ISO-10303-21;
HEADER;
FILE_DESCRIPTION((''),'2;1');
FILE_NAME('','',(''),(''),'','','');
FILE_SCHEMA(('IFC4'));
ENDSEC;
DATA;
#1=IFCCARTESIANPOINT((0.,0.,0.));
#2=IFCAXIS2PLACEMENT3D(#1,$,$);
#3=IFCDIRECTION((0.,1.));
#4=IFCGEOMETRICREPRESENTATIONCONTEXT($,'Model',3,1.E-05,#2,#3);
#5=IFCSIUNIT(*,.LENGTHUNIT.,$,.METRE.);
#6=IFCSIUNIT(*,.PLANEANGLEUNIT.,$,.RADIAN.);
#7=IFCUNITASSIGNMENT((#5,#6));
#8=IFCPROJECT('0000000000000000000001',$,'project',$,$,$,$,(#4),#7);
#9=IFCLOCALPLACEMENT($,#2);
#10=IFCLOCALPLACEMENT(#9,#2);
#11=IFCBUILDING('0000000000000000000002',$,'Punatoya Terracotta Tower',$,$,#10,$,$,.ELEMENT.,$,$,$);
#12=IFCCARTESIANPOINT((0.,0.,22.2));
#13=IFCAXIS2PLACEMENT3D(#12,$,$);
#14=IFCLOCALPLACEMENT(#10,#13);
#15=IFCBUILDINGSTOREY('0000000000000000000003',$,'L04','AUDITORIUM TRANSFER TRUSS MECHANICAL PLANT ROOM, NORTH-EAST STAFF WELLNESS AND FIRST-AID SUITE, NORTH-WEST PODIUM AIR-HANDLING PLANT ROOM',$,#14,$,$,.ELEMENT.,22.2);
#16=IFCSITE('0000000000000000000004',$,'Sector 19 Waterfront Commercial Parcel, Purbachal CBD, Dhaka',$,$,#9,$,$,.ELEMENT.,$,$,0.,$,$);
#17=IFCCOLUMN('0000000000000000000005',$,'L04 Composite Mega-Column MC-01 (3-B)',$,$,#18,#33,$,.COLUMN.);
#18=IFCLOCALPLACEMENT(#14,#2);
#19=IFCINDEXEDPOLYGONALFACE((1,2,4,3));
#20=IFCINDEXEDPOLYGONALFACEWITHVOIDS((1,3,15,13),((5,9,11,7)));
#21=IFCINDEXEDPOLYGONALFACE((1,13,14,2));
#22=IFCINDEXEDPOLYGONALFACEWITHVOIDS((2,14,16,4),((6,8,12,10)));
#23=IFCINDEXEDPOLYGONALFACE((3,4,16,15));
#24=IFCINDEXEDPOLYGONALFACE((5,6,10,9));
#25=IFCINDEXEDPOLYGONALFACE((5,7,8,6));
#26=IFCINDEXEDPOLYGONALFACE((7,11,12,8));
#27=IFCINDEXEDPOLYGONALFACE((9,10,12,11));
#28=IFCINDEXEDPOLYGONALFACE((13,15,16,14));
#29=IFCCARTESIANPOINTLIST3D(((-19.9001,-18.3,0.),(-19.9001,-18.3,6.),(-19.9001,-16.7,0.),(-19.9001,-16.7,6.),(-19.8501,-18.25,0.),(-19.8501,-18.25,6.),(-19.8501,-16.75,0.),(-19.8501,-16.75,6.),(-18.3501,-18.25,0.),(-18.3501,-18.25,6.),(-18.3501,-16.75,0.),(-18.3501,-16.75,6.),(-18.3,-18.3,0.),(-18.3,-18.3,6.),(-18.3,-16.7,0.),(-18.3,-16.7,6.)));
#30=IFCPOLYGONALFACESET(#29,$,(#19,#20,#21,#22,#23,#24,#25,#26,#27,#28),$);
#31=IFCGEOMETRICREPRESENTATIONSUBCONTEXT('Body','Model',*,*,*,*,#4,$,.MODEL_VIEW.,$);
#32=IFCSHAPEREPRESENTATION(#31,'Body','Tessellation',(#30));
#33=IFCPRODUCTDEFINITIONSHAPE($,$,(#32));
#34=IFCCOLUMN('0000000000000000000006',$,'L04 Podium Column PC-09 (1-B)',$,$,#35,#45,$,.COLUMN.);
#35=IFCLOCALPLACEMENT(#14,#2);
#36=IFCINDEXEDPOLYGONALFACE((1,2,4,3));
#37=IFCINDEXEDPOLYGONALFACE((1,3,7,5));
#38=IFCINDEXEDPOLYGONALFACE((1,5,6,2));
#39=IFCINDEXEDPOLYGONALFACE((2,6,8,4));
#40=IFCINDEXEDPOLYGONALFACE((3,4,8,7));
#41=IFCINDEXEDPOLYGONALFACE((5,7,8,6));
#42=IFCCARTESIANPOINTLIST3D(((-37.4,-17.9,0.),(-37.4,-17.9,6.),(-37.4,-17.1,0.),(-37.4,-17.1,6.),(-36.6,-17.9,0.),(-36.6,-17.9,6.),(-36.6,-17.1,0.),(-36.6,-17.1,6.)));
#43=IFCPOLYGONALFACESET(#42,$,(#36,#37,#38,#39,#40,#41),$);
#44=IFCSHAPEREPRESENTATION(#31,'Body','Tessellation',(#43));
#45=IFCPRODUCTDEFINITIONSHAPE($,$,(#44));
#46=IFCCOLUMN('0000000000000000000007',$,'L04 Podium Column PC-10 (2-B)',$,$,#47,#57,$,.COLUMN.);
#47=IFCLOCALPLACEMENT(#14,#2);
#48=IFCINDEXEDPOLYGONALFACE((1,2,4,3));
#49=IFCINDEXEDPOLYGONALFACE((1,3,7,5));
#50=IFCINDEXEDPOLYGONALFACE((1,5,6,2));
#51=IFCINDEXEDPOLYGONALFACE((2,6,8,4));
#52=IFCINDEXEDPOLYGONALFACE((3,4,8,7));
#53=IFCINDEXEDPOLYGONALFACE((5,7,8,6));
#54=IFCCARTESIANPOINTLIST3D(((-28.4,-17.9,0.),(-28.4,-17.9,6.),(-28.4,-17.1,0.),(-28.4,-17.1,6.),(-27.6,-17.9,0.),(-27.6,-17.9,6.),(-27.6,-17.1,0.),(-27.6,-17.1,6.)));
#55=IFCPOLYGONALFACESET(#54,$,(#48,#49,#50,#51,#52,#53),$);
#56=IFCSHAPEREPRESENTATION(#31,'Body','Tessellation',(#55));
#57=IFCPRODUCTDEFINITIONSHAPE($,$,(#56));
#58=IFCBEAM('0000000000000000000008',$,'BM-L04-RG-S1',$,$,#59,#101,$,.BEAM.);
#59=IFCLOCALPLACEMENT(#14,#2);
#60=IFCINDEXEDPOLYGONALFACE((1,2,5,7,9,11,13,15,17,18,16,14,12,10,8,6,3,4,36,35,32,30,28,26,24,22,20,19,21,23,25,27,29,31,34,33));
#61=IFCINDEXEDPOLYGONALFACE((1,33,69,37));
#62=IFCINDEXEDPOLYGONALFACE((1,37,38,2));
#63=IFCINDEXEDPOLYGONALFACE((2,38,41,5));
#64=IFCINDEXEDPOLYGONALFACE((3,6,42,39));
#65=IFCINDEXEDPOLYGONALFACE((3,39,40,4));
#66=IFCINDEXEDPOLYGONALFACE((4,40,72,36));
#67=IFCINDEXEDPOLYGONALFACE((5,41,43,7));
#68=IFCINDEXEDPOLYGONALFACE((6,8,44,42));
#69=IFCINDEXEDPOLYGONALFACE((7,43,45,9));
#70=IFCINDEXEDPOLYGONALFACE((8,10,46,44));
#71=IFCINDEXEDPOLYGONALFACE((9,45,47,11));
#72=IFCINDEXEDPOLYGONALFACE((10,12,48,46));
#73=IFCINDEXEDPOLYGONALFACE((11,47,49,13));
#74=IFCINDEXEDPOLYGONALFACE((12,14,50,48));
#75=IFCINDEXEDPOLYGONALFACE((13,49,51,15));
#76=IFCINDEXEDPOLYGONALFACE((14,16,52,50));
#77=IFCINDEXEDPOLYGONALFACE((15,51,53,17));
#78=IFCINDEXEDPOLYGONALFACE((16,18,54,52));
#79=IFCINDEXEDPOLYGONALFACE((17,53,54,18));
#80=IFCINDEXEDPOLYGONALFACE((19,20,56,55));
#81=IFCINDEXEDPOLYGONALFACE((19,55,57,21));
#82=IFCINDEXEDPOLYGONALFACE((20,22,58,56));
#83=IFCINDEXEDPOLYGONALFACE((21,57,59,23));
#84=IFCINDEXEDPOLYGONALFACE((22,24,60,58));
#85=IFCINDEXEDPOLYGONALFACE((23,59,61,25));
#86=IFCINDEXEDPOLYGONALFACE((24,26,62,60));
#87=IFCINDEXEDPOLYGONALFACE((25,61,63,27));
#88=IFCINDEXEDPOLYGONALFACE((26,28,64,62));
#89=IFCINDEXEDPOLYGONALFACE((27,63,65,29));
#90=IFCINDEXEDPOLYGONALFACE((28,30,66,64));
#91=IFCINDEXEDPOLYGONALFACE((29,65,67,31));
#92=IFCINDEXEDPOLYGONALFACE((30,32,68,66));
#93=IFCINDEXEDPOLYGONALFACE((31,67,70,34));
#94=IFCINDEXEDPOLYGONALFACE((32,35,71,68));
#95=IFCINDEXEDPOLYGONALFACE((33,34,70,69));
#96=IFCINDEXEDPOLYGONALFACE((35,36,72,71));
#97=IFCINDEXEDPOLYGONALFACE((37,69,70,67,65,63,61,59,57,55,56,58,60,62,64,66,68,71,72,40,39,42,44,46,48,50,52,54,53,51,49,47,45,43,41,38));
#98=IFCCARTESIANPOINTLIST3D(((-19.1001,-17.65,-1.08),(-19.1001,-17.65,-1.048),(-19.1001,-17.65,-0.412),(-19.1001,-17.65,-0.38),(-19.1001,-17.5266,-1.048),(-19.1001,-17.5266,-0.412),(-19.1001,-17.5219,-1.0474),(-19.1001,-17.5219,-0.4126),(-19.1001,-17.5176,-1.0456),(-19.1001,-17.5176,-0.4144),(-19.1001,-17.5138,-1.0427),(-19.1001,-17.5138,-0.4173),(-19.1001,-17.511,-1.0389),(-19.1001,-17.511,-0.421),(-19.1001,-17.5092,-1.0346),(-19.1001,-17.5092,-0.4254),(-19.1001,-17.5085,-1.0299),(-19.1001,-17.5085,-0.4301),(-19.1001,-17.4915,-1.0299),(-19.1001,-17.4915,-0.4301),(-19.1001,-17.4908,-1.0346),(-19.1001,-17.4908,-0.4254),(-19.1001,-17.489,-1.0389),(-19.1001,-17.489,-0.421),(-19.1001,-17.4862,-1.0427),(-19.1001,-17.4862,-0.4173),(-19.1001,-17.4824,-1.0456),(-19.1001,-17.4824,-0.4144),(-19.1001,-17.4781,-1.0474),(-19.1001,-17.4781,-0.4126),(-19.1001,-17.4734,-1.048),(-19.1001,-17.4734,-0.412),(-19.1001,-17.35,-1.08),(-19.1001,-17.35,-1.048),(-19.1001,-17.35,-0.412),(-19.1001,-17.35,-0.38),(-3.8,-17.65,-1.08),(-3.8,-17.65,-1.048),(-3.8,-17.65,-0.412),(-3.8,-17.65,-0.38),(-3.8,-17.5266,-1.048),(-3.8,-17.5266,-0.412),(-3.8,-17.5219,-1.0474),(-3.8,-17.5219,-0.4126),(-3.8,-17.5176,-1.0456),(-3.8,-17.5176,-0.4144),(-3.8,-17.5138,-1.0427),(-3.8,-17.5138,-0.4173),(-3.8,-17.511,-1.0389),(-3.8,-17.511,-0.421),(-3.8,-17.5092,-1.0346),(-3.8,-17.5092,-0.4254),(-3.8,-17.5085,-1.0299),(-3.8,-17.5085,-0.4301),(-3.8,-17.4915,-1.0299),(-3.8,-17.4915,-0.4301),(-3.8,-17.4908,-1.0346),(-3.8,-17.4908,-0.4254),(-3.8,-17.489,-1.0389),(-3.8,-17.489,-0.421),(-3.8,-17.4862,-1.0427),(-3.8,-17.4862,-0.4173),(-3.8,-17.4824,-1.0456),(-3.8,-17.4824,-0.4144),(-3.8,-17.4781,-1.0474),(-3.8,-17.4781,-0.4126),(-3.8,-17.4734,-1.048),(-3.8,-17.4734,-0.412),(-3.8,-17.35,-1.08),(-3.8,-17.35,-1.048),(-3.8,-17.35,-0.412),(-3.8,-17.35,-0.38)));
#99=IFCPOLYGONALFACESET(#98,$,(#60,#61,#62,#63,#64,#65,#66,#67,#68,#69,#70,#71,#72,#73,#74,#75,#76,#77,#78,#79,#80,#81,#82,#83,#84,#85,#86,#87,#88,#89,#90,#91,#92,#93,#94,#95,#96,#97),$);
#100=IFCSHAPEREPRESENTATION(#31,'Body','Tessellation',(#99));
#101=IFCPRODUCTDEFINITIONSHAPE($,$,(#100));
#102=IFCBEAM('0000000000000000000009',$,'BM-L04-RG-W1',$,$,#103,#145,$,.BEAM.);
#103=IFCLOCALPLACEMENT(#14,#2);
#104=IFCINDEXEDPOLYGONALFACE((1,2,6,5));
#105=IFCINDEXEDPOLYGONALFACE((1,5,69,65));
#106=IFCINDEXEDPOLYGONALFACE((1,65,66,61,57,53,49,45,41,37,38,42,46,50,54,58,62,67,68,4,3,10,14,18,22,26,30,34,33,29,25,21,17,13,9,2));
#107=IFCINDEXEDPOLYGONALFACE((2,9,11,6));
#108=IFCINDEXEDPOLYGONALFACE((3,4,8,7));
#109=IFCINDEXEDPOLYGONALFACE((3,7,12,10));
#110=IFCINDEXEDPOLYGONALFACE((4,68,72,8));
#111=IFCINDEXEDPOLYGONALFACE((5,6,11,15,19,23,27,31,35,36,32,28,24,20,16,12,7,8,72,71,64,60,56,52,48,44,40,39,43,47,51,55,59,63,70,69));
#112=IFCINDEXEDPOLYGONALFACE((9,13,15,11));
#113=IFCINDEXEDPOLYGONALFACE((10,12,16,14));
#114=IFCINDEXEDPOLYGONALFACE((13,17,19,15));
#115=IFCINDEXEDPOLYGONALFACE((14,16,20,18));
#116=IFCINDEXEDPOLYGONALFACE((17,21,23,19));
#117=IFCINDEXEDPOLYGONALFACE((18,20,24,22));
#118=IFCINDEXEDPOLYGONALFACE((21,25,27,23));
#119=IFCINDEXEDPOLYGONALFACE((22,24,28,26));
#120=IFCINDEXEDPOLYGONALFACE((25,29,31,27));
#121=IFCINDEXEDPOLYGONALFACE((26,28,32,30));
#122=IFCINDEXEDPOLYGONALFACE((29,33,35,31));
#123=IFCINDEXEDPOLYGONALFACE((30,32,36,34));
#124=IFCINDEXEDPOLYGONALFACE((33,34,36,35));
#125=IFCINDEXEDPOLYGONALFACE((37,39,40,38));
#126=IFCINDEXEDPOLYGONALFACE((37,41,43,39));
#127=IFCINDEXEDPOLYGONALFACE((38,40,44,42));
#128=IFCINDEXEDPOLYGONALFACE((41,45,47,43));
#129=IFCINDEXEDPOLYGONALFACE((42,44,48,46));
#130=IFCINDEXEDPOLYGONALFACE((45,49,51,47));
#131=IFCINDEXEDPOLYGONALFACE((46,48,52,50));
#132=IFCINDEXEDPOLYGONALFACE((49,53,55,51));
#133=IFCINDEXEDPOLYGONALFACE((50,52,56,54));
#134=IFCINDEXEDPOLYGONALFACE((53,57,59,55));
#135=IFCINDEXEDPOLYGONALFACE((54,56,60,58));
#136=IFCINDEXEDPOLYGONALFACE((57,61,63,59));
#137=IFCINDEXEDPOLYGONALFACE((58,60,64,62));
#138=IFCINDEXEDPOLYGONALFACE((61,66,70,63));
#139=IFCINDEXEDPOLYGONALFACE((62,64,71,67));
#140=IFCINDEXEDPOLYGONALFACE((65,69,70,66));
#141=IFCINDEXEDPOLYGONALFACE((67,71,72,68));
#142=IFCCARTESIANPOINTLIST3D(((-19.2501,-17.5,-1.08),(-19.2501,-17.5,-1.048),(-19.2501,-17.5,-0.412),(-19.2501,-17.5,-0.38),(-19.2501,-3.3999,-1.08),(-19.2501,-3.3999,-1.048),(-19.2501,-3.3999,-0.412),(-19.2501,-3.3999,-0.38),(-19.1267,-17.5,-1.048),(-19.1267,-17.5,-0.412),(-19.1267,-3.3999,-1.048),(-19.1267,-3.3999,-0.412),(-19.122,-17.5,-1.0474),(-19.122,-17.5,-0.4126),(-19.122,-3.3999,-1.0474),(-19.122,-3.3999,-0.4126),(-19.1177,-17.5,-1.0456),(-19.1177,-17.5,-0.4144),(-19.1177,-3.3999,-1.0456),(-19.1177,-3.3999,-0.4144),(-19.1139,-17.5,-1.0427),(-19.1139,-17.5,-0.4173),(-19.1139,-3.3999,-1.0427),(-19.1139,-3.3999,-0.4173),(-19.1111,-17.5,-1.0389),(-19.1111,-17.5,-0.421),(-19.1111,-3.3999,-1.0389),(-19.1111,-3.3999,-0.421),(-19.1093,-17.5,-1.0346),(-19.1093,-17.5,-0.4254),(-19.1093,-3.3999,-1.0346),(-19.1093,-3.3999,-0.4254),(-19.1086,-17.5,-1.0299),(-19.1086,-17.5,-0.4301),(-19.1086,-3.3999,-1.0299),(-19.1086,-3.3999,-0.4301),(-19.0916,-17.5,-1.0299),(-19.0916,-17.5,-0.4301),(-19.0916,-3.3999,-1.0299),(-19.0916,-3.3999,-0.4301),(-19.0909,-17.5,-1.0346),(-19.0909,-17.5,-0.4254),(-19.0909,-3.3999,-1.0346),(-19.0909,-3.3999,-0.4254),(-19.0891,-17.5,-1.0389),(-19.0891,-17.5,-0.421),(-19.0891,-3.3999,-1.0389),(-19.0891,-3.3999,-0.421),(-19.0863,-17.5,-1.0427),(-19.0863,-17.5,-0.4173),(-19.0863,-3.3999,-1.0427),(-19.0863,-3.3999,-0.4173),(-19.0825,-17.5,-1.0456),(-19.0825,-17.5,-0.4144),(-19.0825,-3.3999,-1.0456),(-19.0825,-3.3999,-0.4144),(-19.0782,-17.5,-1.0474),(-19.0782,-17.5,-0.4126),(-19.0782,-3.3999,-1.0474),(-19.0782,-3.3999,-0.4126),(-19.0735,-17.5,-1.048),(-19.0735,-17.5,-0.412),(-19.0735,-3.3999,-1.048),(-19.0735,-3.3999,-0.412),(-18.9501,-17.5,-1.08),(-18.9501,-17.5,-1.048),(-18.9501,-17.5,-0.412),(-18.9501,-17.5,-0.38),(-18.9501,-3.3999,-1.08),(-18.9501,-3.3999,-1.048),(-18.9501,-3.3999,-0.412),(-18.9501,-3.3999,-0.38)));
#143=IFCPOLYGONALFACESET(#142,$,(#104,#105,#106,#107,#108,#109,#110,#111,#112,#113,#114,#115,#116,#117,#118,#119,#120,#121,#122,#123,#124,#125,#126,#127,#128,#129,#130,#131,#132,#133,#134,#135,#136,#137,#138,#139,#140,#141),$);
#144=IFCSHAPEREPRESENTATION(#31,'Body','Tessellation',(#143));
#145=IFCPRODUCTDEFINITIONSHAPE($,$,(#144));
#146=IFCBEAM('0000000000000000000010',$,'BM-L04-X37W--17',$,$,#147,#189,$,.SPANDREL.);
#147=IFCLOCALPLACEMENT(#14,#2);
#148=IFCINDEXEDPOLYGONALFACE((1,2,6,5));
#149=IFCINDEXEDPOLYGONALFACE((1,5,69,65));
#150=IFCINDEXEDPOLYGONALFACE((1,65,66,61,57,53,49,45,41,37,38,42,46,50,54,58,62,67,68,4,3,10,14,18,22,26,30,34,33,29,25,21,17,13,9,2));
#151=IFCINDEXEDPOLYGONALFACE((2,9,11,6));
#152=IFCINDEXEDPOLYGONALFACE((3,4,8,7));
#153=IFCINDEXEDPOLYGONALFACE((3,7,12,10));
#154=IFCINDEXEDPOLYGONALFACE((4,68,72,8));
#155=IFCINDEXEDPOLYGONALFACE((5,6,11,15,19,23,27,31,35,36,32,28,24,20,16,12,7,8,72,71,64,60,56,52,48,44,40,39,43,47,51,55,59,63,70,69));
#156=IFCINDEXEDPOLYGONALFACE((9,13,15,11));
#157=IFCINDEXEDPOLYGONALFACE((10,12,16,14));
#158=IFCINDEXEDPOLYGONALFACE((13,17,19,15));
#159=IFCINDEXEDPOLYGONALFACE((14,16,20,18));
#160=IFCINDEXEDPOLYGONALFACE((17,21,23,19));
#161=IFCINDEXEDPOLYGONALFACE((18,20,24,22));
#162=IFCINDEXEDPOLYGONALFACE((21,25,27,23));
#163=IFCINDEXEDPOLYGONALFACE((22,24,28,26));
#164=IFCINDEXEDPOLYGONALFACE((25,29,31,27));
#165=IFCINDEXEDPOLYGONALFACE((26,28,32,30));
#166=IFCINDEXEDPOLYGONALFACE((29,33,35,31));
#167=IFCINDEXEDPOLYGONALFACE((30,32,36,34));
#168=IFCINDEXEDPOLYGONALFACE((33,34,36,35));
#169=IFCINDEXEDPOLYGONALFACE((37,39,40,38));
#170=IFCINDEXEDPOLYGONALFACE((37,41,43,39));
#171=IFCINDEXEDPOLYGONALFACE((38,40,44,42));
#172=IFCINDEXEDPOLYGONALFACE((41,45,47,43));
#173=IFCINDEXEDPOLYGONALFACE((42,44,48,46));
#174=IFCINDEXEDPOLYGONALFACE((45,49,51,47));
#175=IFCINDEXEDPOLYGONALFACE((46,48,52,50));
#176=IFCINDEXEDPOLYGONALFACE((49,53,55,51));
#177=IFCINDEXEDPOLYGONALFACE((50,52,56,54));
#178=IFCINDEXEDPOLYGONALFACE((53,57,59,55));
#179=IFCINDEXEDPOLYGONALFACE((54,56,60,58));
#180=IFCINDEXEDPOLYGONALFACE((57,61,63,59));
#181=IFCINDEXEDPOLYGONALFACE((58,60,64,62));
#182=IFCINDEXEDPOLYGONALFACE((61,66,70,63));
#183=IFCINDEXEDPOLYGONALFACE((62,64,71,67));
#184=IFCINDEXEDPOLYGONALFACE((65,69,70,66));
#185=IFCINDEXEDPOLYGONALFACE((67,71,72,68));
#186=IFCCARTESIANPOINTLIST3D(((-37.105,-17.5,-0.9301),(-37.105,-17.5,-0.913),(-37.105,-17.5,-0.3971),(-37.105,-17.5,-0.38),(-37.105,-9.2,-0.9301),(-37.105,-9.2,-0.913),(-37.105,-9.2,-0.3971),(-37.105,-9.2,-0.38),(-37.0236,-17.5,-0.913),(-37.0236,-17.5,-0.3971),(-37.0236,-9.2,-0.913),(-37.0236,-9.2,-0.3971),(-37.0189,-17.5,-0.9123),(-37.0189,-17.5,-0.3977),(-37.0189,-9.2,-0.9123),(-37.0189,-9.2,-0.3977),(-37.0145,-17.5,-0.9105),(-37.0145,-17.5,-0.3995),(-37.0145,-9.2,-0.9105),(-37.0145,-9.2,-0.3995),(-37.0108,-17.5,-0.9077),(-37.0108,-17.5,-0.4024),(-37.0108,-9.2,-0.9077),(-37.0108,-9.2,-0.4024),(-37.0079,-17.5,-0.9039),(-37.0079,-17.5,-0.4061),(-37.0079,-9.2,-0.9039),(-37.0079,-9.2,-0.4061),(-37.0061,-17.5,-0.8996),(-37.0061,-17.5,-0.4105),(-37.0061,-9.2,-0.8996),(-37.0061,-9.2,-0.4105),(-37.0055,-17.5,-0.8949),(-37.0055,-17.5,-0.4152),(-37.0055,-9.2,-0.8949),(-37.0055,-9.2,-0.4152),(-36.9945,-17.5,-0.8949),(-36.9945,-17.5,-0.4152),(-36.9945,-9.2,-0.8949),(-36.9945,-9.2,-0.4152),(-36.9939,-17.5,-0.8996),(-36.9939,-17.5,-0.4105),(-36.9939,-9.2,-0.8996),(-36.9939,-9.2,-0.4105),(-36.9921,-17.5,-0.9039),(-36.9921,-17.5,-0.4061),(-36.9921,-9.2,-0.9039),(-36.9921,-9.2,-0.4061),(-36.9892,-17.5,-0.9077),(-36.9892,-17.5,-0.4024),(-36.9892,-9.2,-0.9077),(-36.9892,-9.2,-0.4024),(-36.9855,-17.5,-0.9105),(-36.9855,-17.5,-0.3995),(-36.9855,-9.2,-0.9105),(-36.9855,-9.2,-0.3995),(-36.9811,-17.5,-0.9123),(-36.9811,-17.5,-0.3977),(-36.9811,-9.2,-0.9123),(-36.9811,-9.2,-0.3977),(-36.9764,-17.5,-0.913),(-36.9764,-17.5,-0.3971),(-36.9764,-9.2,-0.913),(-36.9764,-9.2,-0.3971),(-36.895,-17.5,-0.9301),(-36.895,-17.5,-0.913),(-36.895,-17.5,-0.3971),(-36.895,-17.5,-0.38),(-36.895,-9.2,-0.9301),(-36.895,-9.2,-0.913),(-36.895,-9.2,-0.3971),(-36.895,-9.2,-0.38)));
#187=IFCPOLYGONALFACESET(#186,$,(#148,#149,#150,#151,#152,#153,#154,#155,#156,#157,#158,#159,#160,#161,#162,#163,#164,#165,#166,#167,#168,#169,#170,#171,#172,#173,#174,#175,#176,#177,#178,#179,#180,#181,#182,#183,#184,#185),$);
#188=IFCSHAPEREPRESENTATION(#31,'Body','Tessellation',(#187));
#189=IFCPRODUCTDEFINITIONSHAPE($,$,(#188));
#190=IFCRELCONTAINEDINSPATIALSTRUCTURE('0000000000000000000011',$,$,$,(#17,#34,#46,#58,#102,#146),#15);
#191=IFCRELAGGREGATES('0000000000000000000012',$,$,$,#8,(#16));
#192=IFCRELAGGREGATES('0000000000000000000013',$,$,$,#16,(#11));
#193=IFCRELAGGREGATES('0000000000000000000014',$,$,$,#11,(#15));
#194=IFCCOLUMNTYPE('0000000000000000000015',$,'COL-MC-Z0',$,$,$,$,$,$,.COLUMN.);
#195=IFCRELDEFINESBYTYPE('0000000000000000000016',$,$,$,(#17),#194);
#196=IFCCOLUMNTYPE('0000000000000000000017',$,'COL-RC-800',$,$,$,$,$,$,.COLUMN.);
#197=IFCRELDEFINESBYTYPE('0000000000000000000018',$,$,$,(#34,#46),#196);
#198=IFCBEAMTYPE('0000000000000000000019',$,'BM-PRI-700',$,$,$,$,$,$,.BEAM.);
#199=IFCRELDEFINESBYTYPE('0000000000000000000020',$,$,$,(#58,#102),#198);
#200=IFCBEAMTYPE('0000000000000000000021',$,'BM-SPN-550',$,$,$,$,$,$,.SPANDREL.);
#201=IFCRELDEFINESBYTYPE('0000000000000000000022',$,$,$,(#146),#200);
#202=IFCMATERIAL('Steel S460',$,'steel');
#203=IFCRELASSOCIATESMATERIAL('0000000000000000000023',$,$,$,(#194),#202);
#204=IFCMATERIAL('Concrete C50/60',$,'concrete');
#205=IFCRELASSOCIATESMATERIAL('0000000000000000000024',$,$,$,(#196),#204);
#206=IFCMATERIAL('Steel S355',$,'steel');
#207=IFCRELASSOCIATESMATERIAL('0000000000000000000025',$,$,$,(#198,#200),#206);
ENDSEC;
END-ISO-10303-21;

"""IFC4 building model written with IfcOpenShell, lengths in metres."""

from ifc_helpers import new_model, si_unit, direction, frame, origin, origin_2d, place, context, subcontext, project, spatial, rectangle, hollow_rectangle, i_section, extrude, material, material_profile, profile_set, type_object, element, save


model = new_model("IFC4")

# Units and contexts
model_context = context("Model", 3, precision=1e-05, world=origin(), true_north=direction((0.0, 1.0)))
body_context = subcontext(model_context, "Body", "Model", "MODEL_VIEW")
ifc_project = project(units=[si_unit("LENGTHUNIT", "METRE"), si_unit("PLANEANGLEUNIT", "RADIAN")], contexts=[model_context])

# Site, building, storey
site_placement = place(None, origin())
site = spatial("IfcSite", under=ifc_project, at=site_placement, Name="Sector 19 Waterfront Commercial Parcel, Purbachal CBD, Dhaka", CompositionType="ELEMENT", RefElevation=0.0)
building_placement = place(site_placement, origin())
building = spatial("IfcBuilding", under=site, at=building_placement, Name="Punatoya Terracotta Tower", CompositionType="ELEMENT")
storey_placement = place(building_placement, frame((0.0, 0.0, 22.2)))
storey = spatial("IfcBuildingStorey", under=building, at=storey_placement, Name="L04", Description="AUDITORIUM TRANSFER TRUSS MECHANICAL PLANT ROOM, NORTH-EAST STAFF WELLNESS AND FIRST-AID SUITE, NORTH-WEST PODIUM AIR-HANDLING PLANT ROOM", CompositionType="ELEMENT", Elevation=22.2)

# Columns
ifc_material_1 = material(Name="Steel S460", Category="steel")
ifc_material_profile_1 = material_profile(ifc_material_1, hollow_rectangle(XDim=1.6001, YDim=1.6001, WallThickness=0.05, at=origin_2d()))
ifc_profile_set_1 = profile_set([ifc_material_profile_1], Name="Steel S460")
column_type_1 = type_object("IfcColumnType", Name="COL-MC-Z0", PredefinedType="COLUMN", material=ifc_profile_set_1)
column_placement = place(storey_placement, frame((-19.1001, -17.5, 0.0), z_axis=(0.0, 0.0, 1.0), x_axis=(1.0, 0.0, 0.0)))
element("IfcColumn", 1, at=column_placement, inside=storey, type_object=column_type_1, Name="L04 Composite Mega-Column MC-01 (3-B)", PredefinedType="COLUMN", context=body_context, shape_type="SweptSolid", body=[
    extrude(hollow_rectangle(XDim=1.6001, YDim=1.6001, WallThickness=0.05, at=origin_2d()), origin(), (0.0, 0.0, 1.0), 6.0),
])
ifc_material_2 = material(Name="Concrete C50/60", Category="concrete")
ifc_material_profile_2 = material_profile(ifc_material_2, rectangle(XDim=0.8, YDim=0.8, at=origin_2d()))
ifc_profile_set_2 = profile_set([ifc_material_profile_2], Name="Concrete C50/60")
column_type_2 = type_object("IfcColumnType", Name="COL-RC-800", PredefinedType="COLUMN", material=ifc_profile_set_2)
for number, where, z_axis, x_axis, name in (
    (2, (-37.0, -17.5, 0.0), (0.0, 0.0, 1.0), (1.0, 0.0, 0.0), "L04 Podium Column PC-09 (1-B)"),
    (3, (-28.0, -17.5, 0.0), (0.0, 0.0, 1.0), (1.0, 0.0, 0.0), "L04 Podium Column PC-10 (2-B)"),
):
    element("IfcColumn", number, at=place(storey_placement, frame(where, z_axis=z_axis, x_axis=x_axis)), inside=storey, type_object=column_type_2, Name=name, PredefinedType="COLUMN", context=body_context, shape_type="SweptSolid", body=[
        extrude(rectangle(XDim=0.8, YDim=0.8, at=origin_2d()), origin(), (0.0, 0.0, 1.0), 6.0),
    ])

# Beams
ifc_material_3 = material(Name="Steel S355", Category="steel")
ifc_material_profile_3 = material_profile(ifc_material_3, i_section(OverallWidth=0.3, OverallDepth=0.7, WebThickness=0.0171, FlangeThickness=0.032, FilletRadius=0.0181, at=origin_2d()))
ifc_profile_set_3 = profile_set([ifc_material_profile_3], Name="Steel S355")
beam_type_1 = type_object("IfcBeamType", Name="BM-PRI-700", PredefinedType="BEAM", material=ifc_profile_set_3)
beam_1_placement = place(storey_placement, frame((-19.1001, -17.5, -0.73), z_axis=(1.0, 0.0, 0.0), x_axis=(0.0, 1.0, 0.0)))
element("IfcBeam", 4, at=beam_1_placement, inside=storey, type_object=beam_type_1, Name="BM-L04-RG-S1", PredefinedType="BEAM", context=body_context, shape_type="SweptSolid", body=[
    extrude(i_section(OverallWidth=0.3, OverallDepth=0.7, WebThickness=0.0171, FlangeThickness=0.032, FilletRadius=0.0181, at=origin_2d()), origin(), (0.0, 0.0, 1.0), 15.3),
])
beam_2_placement = place(storey_placement, frame((-19.1001, -17.5, -0.73), z_axis=(0.0, 1.0, 0.0), x_axis=(-1.0, 0.0, 0.0)))
element("IfcBeam", 5, at=beam_2_placement, inside=storey, type_object=beam_type_1, Name="BM-L04-RG-W1", PredefinedType="BEAM", context=body_context, shape_type="SweptSolid", body=[
    extrude(i_section(OverallWidth=0.3, OverallDepth=0.7, WebThickness=0.0171, FlangeThickness=0.032, FilletRadius=0.0181, at=origin_2d()), origin(), (0.0, 0.0, 1.0), 14.1001),
])
ifc_material_profile_4 = material_profile(ifc_material_3, i_section(OverallWidth=0.21, OverallDepth=0.55, WebThickness=0.011, FlangeThickness=0.0171, FilletRadius=0.0181, at=origin_2d()))
ifc_profile_set_4 = profile_set([ifc_material_profile_4], Name="Steel S355")
beam_type_2 = type_object("IfcBeamType", Name="BM-SPN-550", PredefinedType="SPANDREL", material=ifc_profile_set_4)
beam_3_placement = place(storey_placement, frame((-37.0, -17.5, -0.655), z_axis=(0.0, 1.0, 0.0), x_axis=(-1.0, 0.0, 0.0)))
element("IfcBeam", 6, at=beam_3_placement, inside=storey, type_object=beam_type_2, Name="BM-L04-X37W--17", PredefinedType="SPANDREL", context=body_context, shape_type="SweptSolid", body=[
    extrude(i_section(OverallWidth=0.21, OverallDepth=0.55, WebThickness=0.011, FlangeThickness=0.0171, FilletRadius=0.0181, at=origin_2d()), origin(), (0.0, 0.0, 1.0), 8.3),
])

save(model, "model.ifc")
